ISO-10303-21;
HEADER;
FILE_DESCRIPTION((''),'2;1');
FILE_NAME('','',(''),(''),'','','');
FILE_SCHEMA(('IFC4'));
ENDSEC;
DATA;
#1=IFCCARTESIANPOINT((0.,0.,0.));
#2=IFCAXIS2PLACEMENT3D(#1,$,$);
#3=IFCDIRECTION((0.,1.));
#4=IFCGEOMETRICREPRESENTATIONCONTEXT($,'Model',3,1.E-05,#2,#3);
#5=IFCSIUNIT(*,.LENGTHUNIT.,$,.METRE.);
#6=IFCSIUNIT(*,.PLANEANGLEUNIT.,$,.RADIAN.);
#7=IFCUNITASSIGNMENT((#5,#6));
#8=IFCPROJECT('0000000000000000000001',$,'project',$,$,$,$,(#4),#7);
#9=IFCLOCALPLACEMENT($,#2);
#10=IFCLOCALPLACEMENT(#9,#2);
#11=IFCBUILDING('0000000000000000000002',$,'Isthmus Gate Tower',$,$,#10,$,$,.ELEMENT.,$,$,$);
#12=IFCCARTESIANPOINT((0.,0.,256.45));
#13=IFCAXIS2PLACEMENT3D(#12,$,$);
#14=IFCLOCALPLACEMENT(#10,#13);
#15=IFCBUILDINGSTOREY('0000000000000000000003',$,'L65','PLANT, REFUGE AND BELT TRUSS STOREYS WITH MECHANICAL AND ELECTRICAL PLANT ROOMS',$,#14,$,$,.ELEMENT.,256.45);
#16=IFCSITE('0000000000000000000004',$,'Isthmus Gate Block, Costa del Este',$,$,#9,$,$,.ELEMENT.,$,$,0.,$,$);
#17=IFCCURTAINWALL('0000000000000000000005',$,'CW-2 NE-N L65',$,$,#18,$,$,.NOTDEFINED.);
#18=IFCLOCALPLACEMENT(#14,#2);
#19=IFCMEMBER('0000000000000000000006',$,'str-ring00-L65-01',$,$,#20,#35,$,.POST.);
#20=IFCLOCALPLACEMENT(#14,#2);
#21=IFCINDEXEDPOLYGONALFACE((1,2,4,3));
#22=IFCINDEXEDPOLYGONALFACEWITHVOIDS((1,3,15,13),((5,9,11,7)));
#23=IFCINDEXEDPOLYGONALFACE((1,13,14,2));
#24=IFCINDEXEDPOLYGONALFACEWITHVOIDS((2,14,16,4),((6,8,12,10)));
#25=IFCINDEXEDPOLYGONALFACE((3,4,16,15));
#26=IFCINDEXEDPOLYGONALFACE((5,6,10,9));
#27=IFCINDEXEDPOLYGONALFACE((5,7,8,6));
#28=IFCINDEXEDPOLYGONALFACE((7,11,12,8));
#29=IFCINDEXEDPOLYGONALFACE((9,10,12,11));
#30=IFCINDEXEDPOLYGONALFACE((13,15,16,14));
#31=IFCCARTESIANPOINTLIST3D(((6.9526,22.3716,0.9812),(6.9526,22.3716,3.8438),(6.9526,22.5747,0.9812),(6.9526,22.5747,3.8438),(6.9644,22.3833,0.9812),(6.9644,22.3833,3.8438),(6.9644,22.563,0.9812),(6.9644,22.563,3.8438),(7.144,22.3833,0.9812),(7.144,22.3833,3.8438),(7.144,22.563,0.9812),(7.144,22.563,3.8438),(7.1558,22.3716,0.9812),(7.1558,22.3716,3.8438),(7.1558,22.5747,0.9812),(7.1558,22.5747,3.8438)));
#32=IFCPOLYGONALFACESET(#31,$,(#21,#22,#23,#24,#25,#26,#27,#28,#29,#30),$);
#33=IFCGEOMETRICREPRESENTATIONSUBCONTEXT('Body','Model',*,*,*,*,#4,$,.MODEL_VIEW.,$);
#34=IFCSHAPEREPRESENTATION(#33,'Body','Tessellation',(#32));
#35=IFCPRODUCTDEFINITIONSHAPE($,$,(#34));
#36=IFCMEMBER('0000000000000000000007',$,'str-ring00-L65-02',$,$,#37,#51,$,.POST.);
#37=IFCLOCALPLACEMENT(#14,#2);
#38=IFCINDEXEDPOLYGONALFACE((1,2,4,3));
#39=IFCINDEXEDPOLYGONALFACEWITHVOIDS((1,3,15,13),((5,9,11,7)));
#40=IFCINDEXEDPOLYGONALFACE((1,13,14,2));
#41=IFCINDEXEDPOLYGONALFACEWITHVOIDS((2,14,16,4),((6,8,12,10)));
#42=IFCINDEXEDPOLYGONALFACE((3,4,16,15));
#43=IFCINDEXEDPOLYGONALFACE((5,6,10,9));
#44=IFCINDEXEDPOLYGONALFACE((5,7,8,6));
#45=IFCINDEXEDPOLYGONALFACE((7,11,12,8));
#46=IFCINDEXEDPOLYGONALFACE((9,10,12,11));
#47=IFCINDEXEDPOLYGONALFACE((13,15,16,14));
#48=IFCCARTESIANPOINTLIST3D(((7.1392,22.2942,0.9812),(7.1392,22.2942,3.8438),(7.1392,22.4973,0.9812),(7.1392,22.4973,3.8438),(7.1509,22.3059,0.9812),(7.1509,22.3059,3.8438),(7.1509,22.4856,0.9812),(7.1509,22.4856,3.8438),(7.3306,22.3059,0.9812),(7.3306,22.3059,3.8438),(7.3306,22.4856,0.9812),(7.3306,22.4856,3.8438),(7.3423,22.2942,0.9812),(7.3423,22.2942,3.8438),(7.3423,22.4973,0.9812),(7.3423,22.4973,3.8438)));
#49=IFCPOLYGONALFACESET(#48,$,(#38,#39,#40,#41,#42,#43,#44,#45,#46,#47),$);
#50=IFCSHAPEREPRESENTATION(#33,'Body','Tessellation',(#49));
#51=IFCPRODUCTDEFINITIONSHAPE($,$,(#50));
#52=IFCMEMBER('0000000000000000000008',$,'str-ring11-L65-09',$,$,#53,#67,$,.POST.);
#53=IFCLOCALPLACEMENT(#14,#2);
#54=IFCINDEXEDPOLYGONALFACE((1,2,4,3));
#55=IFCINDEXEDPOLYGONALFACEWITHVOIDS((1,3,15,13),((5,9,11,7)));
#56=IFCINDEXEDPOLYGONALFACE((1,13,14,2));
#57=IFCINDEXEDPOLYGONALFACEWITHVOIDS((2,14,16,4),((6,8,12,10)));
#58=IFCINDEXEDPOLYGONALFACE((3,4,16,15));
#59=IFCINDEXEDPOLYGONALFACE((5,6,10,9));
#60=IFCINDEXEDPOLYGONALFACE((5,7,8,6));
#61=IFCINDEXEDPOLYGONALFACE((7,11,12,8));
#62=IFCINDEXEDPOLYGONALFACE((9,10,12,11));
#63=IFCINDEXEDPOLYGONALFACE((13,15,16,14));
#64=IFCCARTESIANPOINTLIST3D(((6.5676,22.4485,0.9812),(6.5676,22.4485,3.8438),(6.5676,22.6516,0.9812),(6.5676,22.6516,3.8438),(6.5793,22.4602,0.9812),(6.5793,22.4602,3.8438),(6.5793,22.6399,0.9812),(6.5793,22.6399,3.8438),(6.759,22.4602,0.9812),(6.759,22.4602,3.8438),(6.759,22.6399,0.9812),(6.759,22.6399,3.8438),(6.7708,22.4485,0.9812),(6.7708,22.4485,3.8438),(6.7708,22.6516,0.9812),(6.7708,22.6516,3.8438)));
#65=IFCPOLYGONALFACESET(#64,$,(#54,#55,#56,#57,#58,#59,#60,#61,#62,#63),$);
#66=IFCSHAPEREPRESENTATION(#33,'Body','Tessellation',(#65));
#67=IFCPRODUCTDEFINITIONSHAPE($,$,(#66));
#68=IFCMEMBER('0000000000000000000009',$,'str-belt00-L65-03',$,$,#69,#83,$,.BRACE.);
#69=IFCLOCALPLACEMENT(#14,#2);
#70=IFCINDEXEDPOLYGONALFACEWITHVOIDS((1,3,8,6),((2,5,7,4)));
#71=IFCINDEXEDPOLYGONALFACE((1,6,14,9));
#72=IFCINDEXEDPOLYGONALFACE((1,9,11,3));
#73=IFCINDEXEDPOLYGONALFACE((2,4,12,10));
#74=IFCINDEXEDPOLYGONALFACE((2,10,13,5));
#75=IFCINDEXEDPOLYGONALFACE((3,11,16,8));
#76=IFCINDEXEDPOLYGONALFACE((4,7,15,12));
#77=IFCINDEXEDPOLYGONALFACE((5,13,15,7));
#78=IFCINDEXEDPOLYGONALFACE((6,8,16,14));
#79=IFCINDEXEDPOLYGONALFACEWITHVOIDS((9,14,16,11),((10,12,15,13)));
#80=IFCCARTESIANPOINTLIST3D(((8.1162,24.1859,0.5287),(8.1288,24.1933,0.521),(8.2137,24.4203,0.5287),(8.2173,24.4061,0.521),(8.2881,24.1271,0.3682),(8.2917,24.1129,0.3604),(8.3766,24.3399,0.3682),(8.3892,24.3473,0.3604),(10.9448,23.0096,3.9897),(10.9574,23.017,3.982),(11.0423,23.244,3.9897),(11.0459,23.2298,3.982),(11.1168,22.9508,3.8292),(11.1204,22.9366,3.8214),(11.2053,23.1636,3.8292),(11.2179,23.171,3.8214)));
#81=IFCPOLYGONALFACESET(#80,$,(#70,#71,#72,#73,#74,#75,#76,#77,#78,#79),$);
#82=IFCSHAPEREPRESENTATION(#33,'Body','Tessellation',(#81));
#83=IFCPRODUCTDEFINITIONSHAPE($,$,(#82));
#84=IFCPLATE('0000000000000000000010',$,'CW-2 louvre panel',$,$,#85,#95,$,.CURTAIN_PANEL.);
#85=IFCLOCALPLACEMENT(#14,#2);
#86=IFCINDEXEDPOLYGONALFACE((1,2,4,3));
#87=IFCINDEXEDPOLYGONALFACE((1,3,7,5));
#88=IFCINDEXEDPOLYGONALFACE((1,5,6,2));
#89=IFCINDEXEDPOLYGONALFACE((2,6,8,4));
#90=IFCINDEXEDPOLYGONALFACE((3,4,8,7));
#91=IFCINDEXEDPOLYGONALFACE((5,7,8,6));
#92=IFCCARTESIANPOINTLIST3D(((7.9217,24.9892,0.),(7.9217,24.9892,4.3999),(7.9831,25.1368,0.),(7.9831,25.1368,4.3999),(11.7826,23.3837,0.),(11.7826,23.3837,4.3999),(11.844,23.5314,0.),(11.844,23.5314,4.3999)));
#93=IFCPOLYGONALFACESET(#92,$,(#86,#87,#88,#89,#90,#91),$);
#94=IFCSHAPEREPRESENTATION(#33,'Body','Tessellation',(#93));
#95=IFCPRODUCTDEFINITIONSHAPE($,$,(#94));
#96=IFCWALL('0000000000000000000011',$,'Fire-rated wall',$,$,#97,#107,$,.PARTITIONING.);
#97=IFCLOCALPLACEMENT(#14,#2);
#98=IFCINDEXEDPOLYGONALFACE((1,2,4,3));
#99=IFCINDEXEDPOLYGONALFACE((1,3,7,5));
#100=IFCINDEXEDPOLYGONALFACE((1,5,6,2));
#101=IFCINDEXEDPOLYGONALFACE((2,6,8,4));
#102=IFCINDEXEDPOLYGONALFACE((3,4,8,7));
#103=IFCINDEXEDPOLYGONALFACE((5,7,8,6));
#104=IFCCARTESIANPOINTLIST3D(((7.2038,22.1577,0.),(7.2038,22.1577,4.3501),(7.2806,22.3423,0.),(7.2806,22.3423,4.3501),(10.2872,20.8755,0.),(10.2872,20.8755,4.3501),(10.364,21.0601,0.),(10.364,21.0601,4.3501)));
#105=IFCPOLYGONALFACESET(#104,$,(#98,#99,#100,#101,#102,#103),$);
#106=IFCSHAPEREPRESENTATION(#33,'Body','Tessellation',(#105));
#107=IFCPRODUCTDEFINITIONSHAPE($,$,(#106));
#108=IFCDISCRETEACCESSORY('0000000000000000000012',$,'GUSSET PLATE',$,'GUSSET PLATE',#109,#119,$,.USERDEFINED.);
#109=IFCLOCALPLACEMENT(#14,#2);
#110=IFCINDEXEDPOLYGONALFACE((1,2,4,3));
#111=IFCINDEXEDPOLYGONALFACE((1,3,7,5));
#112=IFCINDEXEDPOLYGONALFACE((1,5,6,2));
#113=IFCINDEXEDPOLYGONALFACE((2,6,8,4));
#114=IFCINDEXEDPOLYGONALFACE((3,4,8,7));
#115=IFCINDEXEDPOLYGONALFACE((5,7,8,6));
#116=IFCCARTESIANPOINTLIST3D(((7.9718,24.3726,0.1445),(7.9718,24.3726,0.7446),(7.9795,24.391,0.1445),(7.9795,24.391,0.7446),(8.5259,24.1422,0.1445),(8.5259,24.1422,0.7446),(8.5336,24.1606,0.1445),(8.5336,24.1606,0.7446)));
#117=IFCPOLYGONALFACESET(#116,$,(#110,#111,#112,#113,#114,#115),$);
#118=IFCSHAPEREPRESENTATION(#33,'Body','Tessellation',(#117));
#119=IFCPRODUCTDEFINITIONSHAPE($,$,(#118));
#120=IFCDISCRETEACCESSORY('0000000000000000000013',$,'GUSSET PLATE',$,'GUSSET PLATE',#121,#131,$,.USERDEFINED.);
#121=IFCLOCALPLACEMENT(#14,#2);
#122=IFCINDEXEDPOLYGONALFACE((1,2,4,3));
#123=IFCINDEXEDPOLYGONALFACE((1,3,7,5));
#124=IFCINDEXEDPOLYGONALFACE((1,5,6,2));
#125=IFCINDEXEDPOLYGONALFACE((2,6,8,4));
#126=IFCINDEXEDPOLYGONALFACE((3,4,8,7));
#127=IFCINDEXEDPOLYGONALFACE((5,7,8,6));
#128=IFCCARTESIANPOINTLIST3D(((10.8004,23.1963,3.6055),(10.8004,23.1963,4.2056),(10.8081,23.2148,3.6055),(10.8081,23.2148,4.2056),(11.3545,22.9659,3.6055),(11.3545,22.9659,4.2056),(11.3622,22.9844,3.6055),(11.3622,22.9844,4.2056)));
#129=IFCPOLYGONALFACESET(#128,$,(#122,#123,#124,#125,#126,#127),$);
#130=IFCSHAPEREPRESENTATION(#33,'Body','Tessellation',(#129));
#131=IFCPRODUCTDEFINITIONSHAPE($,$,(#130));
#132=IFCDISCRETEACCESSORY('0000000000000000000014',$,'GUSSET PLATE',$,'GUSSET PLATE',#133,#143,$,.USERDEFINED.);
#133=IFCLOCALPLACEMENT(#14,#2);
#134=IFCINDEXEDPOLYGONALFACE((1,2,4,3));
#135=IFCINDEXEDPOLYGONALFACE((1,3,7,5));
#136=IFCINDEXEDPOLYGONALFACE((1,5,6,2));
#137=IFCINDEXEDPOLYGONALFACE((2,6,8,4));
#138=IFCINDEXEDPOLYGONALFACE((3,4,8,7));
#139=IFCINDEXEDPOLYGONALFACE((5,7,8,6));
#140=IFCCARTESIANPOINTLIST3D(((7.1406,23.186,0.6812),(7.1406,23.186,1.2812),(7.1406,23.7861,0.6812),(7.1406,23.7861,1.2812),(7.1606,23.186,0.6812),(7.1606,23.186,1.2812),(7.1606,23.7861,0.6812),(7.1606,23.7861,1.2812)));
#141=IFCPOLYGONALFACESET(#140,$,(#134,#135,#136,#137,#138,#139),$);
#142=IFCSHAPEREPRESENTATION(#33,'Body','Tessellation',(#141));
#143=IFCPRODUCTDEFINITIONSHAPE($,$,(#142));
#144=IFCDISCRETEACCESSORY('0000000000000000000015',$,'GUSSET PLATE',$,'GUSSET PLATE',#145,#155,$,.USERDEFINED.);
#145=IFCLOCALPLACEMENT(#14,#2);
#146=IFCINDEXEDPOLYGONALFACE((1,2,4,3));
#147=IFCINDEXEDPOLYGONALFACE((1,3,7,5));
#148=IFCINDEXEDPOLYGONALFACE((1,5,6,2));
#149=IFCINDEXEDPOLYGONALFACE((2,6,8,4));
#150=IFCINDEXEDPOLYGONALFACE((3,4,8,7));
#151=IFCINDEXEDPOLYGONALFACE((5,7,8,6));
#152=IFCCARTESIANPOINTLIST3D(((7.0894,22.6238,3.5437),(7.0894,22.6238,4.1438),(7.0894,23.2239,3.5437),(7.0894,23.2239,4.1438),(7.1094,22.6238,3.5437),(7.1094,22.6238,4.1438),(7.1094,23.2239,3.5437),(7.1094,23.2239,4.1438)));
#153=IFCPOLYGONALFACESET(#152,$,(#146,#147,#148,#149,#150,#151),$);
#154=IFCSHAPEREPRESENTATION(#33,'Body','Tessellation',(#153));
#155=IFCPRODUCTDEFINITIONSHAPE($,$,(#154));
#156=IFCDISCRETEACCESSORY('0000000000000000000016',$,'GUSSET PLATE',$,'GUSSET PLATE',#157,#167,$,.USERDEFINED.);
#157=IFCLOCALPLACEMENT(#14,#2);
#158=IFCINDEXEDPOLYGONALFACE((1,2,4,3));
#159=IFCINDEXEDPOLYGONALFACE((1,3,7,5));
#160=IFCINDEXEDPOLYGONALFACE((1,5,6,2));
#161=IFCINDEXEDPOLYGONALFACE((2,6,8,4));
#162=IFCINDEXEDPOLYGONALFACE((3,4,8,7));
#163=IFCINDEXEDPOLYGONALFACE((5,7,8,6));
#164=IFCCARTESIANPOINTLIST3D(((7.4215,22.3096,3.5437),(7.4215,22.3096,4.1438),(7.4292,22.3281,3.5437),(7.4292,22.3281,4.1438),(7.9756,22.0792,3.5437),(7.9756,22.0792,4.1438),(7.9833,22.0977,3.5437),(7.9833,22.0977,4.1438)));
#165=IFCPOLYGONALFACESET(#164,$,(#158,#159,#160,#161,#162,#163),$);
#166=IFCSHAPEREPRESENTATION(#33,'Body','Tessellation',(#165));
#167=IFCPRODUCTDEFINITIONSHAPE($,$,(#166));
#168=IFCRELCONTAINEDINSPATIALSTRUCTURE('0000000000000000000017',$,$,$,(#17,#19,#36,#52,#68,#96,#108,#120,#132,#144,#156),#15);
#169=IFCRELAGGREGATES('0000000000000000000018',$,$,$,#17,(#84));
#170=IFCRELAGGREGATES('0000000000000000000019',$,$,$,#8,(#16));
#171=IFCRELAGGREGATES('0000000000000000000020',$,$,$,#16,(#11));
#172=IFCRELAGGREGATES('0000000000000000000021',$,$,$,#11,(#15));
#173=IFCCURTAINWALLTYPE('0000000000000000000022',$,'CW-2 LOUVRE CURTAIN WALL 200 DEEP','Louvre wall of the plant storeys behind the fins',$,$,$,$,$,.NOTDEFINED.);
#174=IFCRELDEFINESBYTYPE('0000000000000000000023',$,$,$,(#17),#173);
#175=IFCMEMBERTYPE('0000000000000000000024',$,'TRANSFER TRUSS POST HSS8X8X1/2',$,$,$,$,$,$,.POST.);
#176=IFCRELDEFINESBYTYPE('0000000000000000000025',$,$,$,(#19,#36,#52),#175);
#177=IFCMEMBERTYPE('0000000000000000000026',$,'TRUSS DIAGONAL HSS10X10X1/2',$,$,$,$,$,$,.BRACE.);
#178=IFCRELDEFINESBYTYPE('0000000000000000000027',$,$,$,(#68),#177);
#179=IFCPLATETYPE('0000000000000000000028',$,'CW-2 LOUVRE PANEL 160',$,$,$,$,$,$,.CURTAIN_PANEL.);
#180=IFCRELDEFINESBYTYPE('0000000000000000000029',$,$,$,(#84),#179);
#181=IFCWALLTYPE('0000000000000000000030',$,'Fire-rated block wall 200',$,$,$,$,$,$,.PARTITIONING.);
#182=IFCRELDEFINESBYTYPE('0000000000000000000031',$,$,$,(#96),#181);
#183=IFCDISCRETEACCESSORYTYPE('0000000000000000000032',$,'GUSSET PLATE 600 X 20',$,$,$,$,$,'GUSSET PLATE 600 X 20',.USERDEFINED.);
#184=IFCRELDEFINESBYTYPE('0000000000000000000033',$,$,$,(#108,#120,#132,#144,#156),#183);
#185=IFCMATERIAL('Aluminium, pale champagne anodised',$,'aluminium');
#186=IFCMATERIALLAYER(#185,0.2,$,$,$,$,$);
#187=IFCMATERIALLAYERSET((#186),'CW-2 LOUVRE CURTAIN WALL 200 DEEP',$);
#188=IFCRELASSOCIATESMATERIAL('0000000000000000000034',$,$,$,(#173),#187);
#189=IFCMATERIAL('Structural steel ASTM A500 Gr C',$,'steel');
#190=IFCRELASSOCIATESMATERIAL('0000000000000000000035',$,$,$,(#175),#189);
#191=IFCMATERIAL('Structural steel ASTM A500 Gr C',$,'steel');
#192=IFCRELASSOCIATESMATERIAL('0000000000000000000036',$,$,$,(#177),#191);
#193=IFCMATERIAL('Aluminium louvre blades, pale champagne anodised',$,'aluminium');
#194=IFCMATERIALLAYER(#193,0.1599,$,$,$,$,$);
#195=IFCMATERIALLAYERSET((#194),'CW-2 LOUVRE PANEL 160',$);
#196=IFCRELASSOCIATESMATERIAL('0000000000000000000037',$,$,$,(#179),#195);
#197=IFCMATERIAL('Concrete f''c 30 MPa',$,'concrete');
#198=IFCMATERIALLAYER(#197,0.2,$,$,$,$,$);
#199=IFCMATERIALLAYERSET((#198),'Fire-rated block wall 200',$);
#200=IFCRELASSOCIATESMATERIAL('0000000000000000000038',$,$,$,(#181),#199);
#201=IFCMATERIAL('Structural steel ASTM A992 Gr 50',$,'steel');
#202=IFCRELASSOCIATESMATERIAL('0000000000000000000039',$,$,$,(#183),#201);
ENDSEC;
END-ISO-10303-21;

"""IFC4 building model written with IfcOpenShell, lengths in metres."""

from ifc_helpers import new_model, si_unit, direction, frame, frame_2d, origin, origin_2d, place, context, subcontext, project, spatial, rectangle, hollow_rectangle, extrude, material, layer, layer_set, material_profile, profile_set, type_object, element, aggregate, save


model = new_model("IFC4")

# Units and contexts
model_context = context("Model", 3, precision=1e-05, world=origin(), true_north=direction((0.0, 1.0)))
body_context = subcontext(model_context, "Body", "Model", "MODEL_VIEW")
ifc_project = project(units=[si_unit("LENGTHUNIT", "METRE"), si_unit("PLANEANGLEUNIT", "RADIAN")], contexts=[model_context])

# Site, building, storey
site_placement = place(None, origin())
site = spatial("IfcSite", under=ifc_project, at=site_placement, Name="Isthmus Gate Block, Costa del Este", CompositionType="ELEMENT", RefElevation=0.0)
building_placement = place(site_placement, origin())
building = spatial("IfcBuilding", under=site, at=building_placement, Name="Isthmus Gate Tower", CompositionType="ELEMENT")
storey_placement = place(building_placement, frame((0.0, 0.0, 256.45)))
storey = spatial("IfcBuildingStorey", under=building, at=storey_placement, Name="L65", Description="PLANT, REFUGE AND BELT TRUSS STOREYS WITH MECHANICAL AND ELECTRICAL PLANT ROOMS", CompositionType="ELEMENT", Elevation=256.45)

# Curtain wall
ifc_material_1 = material(Name="Aluminium, pale champagne anodised", Category="aluminium")
ifc_layer_1 = layer(ifc_material_1, 0.2)
ifc_layer_set_1 = layer_set([ifc_layer_1], Name="CW-2 LOUVRE CURTAIN WALL 200 DEEP")
curtain_wall_type = type_object("IfcCurtainWallType", Name="CW-2 LOUVRE CURTAIN WALL 200 DEEP", Description="Louvre wall of the plant storeys behind the fins", PredefinedType="NOTDEFINED", material=ifc_layer_set_1)
curtain_wall_1_placement = place(storey_placement, origin())
curtain_wall_1 = element("IfcCurtainWall", 1, at=curtain_wall_1_placement, inside=storey, type_object=curtain_wall_type, Name="CW-2 NE-N L65", PredefinedType="NOTDEFINED")

# Members
ifc_material_2 = material(Name="Structural steel ASTM A500 Gr C", Category="steel")
ifc_material_profile_1 = material_profile(ifc_material_2, hollow_rectangle(XDim=0.2031, YDim=0.2031, WallThickness=0.0117, at=origin_2d()), Name="HSS8X8X1/2")
ifc_profile_set_1 = profile_set([ifc_material_profile_1], Name="Structural steel ASTM A500 Gr C")
member_type_1 = type_object("IfcMemberType", Name="TRANSFER TRUSS POST HSS8X8X1/2", PredefinedType="POST", material=ifc_profile_set_1)
for number, where, z_axis, x_axis, name in (
    (2, (7.0542, 22.4731, 0.9812), (0.0, 0.0, 1.0), (1.0, 0.0, 0.0), "str-ring00-L65-01"),
    (3, (7.2407, 22.3958, 0.9812), (0.0, 0.0, 1.0), (1.0, 0.0, 0.0), "str-ring00-L65-02"),
    (4, (6.6692, 22.55, 0.9812), (0.0, 0.0, 1.0), (1.0, 0.0, 0.0), "str-ring11-L65-09"),
):
    element("IfcMember", number, at=place(storey_placement, frame(where, z_axis=z_axis, x_axis=x_axis)), inside=storey, type_object=member_type_1, Name=name, PredefinedType="POST", context=body_context, shape_type="SweptSolid", body=[
        extrude(hollow_rectangle(XDim=0.2031, YDim=0.2031, WallThickness=0.0117, at=origin_2d()), origin(), (0.0, 0.0, 1.0), 2.8625),
    ])
ifc_material_3 = material(Name="Structural steel ASTM A500 Gr C", Category="steel")
ifc_material_profile_2 = material_profile(ifc_material_3, hollow_rectangle(XDim=0.2539, YDim=0.2539, WallThickness=0.0117, at=origin_2d()), Name="HSS10X10X1/2")
ifc_profile_set_2 = profile_set([ifc_material_profile_2], Name="Structural steel ASTM A500 Gr C")
member_type_2 = type_object("IfcMemberType", Name="TRUSS DIAGONAL HSS10X10X1/2", PredefinedType="BRACE", material=ifc_profile_set_2)
member_1_placement = place(storey_placement, frame((8.2527, 24.2666, 0.4446), z_axis=(0.611991, -0.254494, 0.748799), x_axis=(0.38397, 0.923345, 0.0)))
element("IfcMember", 5, at=member_1_placement, inside=storey, type_object=member_type_2, Name="str-belt00-L65-03", PredefinedType="BRACE", context=body_context, shape_type="SweptSolid", body=[
    extrude(hollow_rectangle(XDim=0.2539, YDim=0.2539, WallThickness=0.0117, at=origin_2d()), origin(), (0.0, 0.0, 1.0), 4.6221),
])

# Plate
ifc_material_4 = material(Name="Aluminium louvre blades, pale champagne anodised", Category="aluminium")
ifc_layer_2 = layer(ifc_material_4, 0.1599)
ifc_layer_set_2 = layer_set([ifc_layer_2], Name="CW-2 LOUVRE PANEL 160")
plate_type = type_object("IfcPlateType", Name="CW-2 LOUVRE PANEL 160", PredefinedType="CURTAIN_PANEL", material=ifc_layer_set_2)
plate_placement = place(storey_placement, frame((9.8828, 24.2603, 0.0), z_axis=(0.0, 0.0, 1.0), x_axis=(-0.923353, 0.383952, 0.0)))
plate = element("IfcPlate", 6, at=plate_placement, type_object=plate_type, Name="CW-2 louvre panel", PredefinedType="CURTAIN_PANEL", context=body_context, shape_type="SweptSolid", body=[
    extrude(rectangle(XDim=4.1814, YDim=0.1599, at=origin_2d()), origin(), (0.0, 0.0, 1.0), 4.3999),
])
aggregate(curtain_wall_1, [plate])

# Wall
ifc_material_5 = material(Name="Concrete f'c 30 MPa", Category="concrete")
ifc_layer_3 = layer(ifc_material_5, 0.2)
ifc_layer_set_3 = layer_set([ifc_layer_3], Name="Fire-rated block wall 200")
wall_type = type_object("IfcWallType", Name="Fire-rated block wall 200", PredefinedType="PARTITIONING", material=ifc_layer_set_3)
wall_placement = place(storey_placement, frame((7.2422, 22.25, 0.0), z_axis=(0.0, 0.0, 1.0), x_axis=(0.923349, -0.383961, 0.0)))
element("IfcWall", 7, at=wall_placement, inside=storey, type_object=wall_type, Name="Fire-rated wall", PredefinedType="PARTITIONING", context=body_context, shape_type="SweptSolid", body=[
    extrude(rectangle(XDim=3.3394, YDim=0.2, at=frame_2d((1.6697, 0.0))), origin(), (0.0, 0.0, 1.0), 4.3501),
])

# Discrete accessories
ifc_material_6 = material(Name="Structural steel ASTM A992 Gr 50", Category="steel")
discrete_accessory_type = type_object("IfcDiscreteAccessoryType", Name="GUSSET PLATE 600 X 20", ElementType="GUSSET PLATE 600 X 20", PredefinedType="USERDEFINED", material=ifc_material_6)
for number, where, z_axis, x_axis, name in (
    (8, (8.2527, 24.2666, 0.1445), (0.0, 0.0, 1.0), (0.923353, -0.383952, 0.0), "GUSSET PLATE"),
    (9, (11.0813, 23.0903, 3.6055), (0.0, 0.0, 1.0), (0.923353, -0.383952, 0.0), "GUSSET PLATE"),
    (10, (7.1506, 23.4861, 0.6812), (0.0, 0.0, 1.0), (0.0, -1.0, 0.0), "GUSSET PLATE"),
    (11, (7.0994, 22.9238, 3.5437), (0.0, 0.0, 1.0), (0.0, -1.0, 0.0), "GUSSET PLATE"),
    (12, (7.7024, 22.2036, 3.5437), (0.0, 0.0, 1.0), (-0.923353, 0.383952, 0.0), "GUSSET PLATE"),
):
    element("IfcDiscreteAccessory", number, at=place(storey_placement, frame(where, z_axis=z_axis, x_axis=x_axis)), inside=storey, type_object=discrete_accessory_type, Name=name, ObjectType="GUSSET PLATE", PredefinedType="USERDEFINED", context=body_context, shape_type="SweptSolid", body=[
        extrude(rectangle(XDim=0.6001, YDim=0.02, at=origin_2d()), origin(), (0.0, 0.0, 1.0), 0.6001),
    ])

save(model, "model.ifc")
